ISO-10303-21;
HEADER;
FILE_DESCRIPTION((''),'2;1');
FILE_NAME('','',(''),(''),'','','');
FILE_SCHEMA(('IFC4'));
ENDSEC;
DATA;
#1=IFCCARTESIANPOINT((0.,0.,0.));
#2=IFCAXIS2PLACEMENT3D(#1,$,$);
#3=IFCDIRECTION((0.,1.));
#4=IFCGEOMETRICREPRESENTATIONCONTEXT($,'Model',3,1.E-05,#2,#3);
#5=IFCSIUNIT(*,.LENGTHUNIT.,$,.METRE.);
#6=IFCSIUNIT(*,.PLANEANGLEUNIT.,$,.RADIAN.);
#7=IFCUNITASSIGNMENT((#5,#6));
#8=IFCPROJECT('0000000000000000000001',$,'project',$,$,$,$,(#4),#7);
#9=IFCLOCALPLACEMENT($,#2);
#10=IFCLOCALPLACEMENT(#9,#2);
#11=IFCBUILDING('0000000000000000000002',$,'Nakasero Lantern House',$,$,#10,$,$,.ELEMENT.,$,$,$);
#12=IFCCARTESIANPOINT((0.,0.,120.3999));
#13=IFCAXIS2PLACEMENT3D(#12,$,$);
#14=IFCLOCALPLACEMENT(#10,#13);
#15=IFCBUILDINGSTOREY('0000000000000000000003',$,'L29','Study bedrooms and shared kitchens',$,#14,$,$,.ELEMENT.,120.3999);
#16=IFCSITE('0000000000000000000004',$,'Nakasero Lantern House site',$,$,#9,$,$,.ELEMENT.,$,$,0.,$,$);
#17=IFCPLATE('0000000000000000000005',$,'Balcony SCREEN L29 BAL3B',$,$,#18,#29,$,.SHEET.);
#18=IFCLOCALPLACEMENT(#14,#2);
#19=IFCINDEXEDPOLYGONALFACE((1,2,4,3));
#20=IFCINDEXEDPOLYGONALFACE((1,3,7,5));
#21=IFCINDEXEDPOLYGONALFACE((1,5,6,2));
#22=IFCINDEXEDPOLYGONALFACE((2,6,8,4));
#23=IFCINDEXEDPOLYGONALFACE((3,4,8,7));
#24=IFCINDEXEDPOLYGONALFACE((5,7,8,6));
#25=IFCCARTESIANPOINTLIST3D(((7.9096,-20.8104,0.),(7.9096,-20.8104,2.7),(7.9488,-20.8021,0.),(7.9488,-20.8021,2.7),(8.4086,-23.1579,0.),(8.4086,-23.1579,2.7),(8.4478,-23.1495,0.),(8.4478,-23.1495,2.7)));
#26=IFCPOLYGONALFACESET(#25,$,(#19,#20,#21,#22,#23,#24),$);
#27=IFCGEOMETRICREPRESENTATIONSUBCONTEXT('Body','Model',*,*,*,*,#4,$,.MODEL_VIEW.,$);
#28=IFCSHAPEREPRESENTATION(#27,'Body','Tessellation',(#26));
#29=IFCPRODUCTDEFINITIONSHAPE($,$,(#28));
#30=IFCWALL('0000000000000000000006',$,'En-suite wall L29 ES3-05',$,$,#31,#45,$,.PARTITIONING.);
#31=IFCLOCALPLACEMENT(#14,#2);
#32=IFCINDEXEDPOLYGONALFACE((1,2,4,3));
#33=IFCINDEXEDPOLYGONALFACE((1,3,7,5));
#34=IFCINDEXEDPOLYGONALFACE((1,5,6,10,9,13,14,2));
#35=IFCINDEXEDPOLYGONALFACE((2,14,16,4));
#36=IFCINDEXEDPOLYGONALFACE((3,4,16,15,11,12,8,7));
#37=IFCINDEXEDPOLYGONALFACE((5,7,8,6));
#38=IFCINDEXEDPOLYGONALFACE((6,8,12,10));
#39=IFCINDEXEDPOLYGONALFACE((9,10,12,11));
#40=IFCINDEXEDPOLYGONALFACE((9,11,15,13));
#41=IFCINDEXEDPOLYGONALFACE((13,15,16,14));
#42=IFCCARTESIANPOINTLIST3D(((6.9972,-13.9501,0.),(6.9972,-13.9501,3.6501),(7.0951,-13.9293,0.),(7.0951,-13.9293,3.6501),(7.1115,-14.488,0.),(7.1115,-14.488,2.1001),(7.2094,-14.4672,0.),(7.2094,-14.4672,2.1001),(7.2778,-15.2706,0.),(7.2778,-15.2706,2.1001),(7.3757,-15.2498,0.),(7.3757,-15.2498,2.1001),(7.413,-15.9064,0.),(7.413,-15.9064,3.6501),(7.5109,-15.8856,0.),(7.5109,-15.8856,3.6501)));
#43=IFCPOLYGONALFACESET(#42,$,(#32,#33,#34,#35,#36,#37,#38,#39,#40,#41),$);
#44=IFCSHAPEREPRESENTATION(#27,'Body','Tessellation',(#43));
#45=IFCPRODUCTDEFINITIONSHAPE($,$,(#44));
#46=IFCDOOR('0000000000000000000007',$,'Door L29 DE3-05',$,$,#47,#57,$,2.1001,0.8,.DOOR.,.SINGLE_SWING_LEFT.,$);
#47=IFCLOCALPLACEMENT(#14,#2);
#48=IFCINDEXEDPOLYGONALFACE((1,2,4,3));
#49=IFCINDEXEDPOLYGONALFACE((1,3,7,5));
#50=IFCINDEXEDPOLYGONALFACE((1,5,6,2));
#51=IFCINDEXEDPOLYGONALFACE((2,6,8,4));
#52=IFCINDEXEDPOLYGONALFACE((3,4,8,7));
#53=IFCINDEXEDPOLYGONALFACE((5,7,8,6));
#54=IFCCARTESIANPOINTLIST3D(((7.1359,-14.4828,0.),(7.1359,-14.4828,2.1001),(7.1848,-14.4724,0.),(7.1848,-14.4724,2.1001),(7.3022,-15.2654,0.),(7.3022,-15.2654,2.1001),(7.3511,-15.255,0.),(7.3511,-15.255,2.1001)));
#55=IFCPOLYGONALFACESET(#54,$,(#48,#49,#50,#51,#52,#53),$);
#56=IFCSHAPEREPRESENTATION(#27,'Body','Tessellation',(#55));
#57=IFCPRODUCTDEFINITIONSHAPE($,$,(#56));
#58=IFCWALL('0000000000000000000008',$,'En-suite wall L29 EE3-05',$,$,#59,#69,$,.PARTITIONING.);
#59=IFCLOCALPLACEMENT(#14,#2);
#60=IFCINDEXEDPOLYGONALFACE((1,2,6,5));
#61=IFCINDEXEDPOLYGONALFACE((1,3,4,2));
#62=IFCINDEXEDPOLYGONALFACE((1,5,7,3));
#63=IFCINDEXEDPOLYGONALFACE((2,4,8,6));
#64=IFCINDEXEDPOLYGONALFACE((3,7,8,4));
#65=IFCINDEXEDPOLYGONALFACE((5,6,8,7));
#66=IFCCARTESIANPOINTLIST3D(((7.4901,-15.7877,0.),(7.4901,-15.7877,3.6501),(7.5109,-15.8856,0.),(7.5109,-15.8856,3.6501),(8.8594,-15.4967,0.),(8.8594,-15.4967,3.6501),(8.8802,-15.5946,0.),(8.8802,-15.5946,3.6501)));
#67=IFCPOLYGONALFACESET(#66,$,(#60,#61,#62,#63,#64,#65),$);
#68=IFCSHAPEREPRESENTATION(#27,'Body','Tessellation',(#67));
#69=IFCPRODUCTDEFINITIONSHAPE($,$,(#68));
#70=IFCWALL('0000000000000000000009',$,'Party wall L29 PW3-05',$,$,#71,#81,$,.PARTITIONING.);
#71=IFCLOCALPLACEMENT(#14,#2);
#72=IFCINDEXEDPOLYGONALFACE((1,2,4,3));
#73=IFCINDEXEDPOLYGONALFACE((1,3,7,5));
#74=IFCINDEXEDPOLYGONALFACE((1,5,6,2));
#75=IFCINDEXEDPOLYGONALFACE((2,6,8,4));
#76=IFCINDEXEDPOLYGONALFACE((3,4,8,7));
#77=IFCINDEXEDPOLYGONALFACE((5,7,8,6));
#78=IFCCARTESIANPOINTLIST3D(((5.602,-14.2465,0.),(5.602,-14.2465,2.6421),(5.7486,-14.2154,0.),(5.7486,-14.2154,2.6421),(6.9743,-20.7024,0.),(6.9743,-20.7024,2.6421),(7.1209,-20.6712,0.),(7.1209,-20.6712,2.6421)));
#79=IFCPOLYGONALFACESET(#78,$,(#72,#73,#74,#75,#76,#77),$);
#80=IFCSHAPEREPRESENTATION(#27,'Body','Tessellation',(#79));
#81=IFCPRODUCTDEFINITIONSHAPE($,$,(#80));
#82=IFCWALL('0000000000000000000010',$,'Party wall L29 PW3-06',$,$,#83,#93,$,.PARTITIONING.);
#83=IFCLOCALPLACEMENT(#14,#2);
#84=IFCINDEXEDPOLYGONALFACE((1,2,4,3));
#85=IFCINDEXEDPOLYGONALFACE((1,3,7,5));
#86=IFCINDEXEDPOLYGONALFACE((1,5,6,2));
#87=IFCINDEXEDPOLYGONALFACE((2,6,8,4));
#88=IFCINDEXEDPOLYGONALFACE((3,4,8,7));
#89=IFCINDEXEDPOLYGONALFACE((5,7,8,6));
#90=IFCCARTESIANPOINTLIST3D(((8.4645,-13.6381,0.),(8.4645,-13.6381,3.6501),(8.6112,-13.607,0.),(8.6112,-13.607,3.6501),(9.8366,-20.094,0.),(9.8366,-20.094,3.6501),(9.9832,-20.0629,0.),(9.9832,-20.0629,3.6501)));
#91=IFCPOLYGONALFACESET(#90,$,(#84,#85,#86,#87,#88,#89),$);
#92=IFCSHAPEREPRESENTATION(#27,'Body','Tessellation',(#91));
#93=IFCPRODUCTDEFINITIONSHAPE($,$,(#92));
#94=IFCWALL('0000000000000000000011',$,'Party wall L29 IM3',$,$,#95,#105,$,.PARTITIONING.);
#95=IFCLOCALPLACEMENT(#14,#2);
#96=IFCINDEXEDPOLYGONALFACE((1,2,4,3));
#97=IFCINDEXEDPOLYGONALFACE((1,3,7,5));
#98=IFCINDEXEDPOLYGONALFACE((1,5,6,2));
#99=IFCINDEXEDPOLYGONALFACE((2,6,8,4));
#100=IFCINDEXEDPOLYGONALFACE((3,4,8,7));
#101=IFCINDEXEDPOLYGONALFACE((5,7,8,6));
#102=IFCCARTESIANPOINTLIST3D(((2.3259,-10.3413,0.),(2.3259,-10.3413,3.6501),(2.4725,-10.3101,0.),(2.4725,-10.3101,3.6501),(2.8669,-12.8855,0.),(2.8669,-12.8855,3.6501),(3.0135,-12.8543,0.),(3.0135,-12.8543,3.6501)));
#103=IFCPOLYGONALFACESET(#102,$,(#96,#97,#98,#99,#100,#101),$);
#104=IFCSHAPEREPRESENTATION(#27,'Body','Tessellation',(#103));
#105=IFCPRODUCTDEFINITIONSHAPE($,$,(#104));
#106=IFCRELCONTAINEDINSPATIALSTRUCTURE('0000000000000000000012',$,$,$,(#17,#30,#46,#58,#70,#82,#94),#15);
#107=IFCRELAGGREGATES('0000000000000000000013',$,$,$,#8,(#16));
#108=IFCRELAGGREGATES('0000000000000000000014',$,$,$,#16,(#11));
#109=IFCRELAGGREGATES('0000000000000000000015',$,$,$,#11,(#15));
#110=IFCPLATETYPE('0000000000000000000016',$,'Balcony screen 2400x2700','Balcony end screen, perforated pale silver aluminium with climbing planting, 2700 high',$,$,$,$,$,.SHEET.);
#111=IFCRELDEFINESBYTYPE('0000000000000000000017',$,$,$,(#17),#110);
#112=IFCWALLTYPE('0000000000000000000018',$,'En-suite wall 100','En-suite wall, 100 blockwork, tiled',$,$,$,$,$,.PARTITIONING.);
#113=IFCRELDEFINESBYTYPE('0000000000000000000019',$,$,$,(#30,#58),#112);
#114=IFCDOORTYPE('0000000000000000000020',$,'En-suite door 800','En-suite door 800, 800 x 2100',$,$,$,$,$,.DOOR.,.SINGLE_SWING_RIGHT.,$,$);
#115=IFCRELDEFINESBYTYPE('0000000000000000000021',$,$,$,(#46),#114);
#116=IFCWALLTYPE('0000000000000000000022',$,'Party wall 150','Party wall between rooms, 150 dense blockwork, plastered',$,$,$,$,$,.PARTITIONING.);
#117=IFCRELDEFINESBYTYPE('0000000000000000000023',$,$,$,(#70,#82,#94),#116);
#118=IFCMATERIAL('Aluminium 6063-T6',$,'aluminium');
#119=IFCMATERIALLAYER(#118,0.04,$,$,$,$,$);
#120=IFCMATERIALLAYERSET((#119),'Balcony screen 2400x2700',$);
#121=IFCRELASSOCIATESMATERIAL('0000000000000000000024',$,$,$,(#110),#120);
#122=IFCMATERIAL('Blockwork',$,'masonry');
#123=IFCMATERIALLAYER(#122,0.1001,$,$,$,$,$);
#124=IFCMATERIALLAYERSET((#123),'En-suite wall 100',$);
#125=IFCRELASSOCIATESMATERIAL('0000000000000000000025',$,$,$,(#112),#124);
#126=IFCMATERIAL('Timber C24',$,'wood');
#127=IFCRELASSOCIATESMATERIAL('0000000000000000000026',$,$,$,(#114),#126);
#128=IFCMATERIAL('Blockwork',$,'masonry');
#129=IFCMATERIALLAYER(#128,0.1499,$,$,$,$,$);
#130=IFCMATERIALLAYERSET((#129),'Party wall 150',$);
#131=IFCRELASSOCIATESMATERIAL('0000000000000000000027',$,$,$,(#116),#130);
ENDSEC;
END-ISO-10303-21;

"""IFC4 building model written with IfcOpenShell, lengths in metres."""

from ifc_helpers import new_model, si_unit, direction, frame, frame_2d, origin, origin_2d, place, context, subcontext, project, spatial, rectangle, extrude, material, layer, layer_set, type_object, element, fill, save


model = new_model("IFC4")

# Units and contexts
model_context = context("Model", 3, precision=1e-05, world=origin(), true_north=direction((0.0, 1.0)))
body_context = subcontext(model_context, "Body", "Model", "MODEL_VIEW")
ifc_project = project(units=[si_unit("LENGTHUNIT", "METRE"), si_unit("PLANEANGLEUNIT", "RADIAN")], contexts=[model_context])

# Site, building, storey
site_placement = place(None, origin())
site = spatial("IfcSite", under=ifc_project, at=site_placement, Name="Nakasero Lantern House site", CompositionType="ELEMENT", RefElevation=0.0)
building_placement = place(site_placement, origin())
building = spatial("IfcBuilding", under=site, at=building_placement, Name="Nakasero Lantern House", CompositionType="ELEMENT")
storey_placement = place(building_placement, frame((0.0, 0.0, 120.3999)))
storey = spatial("IfcBuildingStorey", under=building, at=storey_placement, Name="L29", Description="Study bedrooms and shared kitchens", CompositionType="ELEMENT", Elevation=120.3999)

# Plate
ifc_material_1 = material(Name="Aluminium 6063-T6", Category="aluminium")
ifc_layer_1 = layer(ifc_material_1, 0.04)
ifc_layer_set_1 = layer_set([ifc_layer_1], Name="Balcony screen 2400x2700")
plate_type_1 = type_object("IfcPlateType", Name="Balcony screen 2400x2700", Description="Balcony end screen, perforated pale silver aluminium with climbing planting, 2700 high", PredefinedType="SHEET", material=ifc_layer_set_1)
for number, where, z_axis, x_axis, name in (
    (1, (8.1787, -21.98, 0.0), (0.0, 0.0, 1.0), (0.207912, -0.978148, 0.0), "Balcony SCREEN L29 BAL3B"),
):
    element("IfcPlate", number, at=place(storey_placement, frame(where, z_axis=z_axis, x_axis=x_axis)), inside=storey, type_object=plate_type_1, Name=name, PredefinedType="SHEET", context=body_context, shape_type="SweptSolid", body=[
        extrude(rectangle(XDim=2.3999, YDim=0.04, at=origin_2d()), origin(), (0.0, 0.0, 1.0), 2.7),
    ])

# Wall, opening, door
ifc_material_2 = material(Name="Blockwork", Category="masonry")
ifc_layer_2 = layer(ifc_material_2, 0.1001)
ifc_layer_set_2 = layer_set([ifc_layer_2], Name="En-suite wall 100")
wall_type_1 = type_object("IfcWallType", Name="En-suite wall 100", Description="En-suite wall, 100 blockwork, tiled", PredefinedType="PARTITIONING", material=ifc_layer_set_2)
wall_1_placement = place(storey_placement, frame((7.0461, -13.9397, 0.0), z_axis=(0.0, 0.0, 1.0), x_axis=(0.207886, -0.978153, 0.0)))
wall_1 = element("IfcWall", 2, at=wall_1_placement, inside=storey, type_object=wall_type_1, Name="En-suite wall L29 ES3-05", PredefinedType="PARTITIONING", context=body_context, shape_type="SweptSolid", body=[
    extrude(rectangle(XDim=2.0, YDim=0.1001, at=frame_2d((1.0, 0.0))), origin(), (0.0, 0.0, 1.0), 3.6501),
])
opening_placement = place(wall_1_placement, frame((0.55, 0.0, 0.0)))
opening = element("IfcOpeningElement", 3, at=opening_placement, cuts=wall_1, PredefinedType="OPENING", context=body_context, shape_type="SweptSolid", body=[
    extrude(rectangle(XDim=0.8, YDim=2.1001, at=frame_2d((0.3999, 1.05))), frame((0.0, 0.0701, 0.0), z_axis=(0.0, -1.0, 0.0), x_axis=(1.0, 0.0, 0.0)), (0.0, 0.0, 1.0), 0.1401),
])
ifc_material_3 = material(Name="Timber C24", Category="wood")
door_type = type_object("IfcDoorType", Name="En-suite door 800", Description="En-suite door 800, 800 x 2100", OperationType="SINGLE_SWING_RIGHT", PredefinedType="DOOR", material=ifc_material_3)
door_placement = place(opening_placement, origin())
door = element("IfcDoor", 4, at=door_placement, inside=storey, type_object=door_type, Name="Door L29 DE3-05", OperationType="SINGLE_SWING_LEFT", OverallHeight=2.1001, OverallWidth=0.8, PredefinedType="DOOR", context=body_context, shape_type="SweptSolid", body=[
    extrude(rectangle(XDim=0.8, YDim=2.1001, at=frame_2d((0.3999, 1.05))), frame((0.0, 0.0249, 0.0), z_axis=(0.0, -1.0, 0.0), x_axis=(1.0, 0.0, 0.0)), (0.0, 0.0, 1.0), 0.05),
])
fill(opening, door)

# Walls
wall_2_placement = place(storey_placement, frame((7.5005, -15.8367, 0.0), z_axis=(0.0, 0.0, 1.0), x_axis=(0.978156, 0.207873, 0.0)))
element("IfcWall", 5, at=wall_2_placement, inside=storey, type_object=wall_type_1, Name="En-suite wall L29 EE3-05", PredefinedType="PARTITIONING", context=body_context, shape_type="SweptSolid", body=[
    extrude(rectangle(XDim=1.3999, YDim=0.1001, at=frame_2d((0.7, 0.0))), origin(), (0.0, 0.0, 1.0), 3.6501),
])
ifc_material_4 = material(Name="Blockwork", Category="masonry")
ifc_layer_3 = layer(ifc_material_4, 0.1499)
ifc_layer_set_3 = layer_set([ifc_layer_3], Name="Party wall 150")
wall_type_2 = type_object("IfcWallType", Name="Party wall 150", Description="Party wall between rooms, 150 dense blockwork, plastered", PredefinedType="PARTITIONING", material=ifc_layer_set_3)
wall_3_placement = place(storey_placement, frame((5.6753, -14.231, 0.0), z_axis=(0.0, 0.0, 1.0), x_axis=(0.207925, -0.978145, 0.0)))
element("IfcWall", 6, at=wall_3_placement, inside=storey, type_object=wall_type_2, Name="Party wall L29 PW3-05", PredefinedType="PARTITIONING", context=body_context, shape_type="SweptSolid", body=[
    extrude(rectangle(XDim=6.6001, YDim=0.1499, at=frame_2d((3.3, 0.0))), origin(), (0.0, 0.0, 1.0), 2.6421),
])
wall_4_placement = place(storey_placement, frame((8.5378, -13.6226, 0.0), z_axis=(0.0, 0.0, 1.0), x_axis=(0.207889, -0.978152, 0.0)))
element("IfcWall", 7, at=wall_4_placement, inside=storey, type_object=wall_type_2, Name="Party wall L29 PW3-06", PredefinedType="PARTITIONING", context=body_context, shape_type="SweptSolid", body=[
    extrude(rectangle(XDim=6.6001, YDim=0.1499, at=frame_2d((3.3, 0.0))), origin(), (0.0, 0.0, 1.0), 3.6501),
])
wall_5_placement = place(storey_placement, frame((2.9402, -12.8699, 0.0), z_axis=(0.0, 0.0, 1.0), x_axis=(-0.207997, 0.978129, 0.0)))
element("IfcWall", 8, at=wall_5_placement, inside=storey, type_object=wall_type_2, Name="Party wall L29 IM3", PredefinedType="PARTITIONING", context=body_context, shape_type="SweptSolid", body=[
    extrude(rectangle(XDim=2.6011, YDim=0.1499, at=frame_2d((1.3005, 0.0))), origin(), (0.0, 0.0, 1.0), 3.6501),
])

save(model, "model.ifc")
